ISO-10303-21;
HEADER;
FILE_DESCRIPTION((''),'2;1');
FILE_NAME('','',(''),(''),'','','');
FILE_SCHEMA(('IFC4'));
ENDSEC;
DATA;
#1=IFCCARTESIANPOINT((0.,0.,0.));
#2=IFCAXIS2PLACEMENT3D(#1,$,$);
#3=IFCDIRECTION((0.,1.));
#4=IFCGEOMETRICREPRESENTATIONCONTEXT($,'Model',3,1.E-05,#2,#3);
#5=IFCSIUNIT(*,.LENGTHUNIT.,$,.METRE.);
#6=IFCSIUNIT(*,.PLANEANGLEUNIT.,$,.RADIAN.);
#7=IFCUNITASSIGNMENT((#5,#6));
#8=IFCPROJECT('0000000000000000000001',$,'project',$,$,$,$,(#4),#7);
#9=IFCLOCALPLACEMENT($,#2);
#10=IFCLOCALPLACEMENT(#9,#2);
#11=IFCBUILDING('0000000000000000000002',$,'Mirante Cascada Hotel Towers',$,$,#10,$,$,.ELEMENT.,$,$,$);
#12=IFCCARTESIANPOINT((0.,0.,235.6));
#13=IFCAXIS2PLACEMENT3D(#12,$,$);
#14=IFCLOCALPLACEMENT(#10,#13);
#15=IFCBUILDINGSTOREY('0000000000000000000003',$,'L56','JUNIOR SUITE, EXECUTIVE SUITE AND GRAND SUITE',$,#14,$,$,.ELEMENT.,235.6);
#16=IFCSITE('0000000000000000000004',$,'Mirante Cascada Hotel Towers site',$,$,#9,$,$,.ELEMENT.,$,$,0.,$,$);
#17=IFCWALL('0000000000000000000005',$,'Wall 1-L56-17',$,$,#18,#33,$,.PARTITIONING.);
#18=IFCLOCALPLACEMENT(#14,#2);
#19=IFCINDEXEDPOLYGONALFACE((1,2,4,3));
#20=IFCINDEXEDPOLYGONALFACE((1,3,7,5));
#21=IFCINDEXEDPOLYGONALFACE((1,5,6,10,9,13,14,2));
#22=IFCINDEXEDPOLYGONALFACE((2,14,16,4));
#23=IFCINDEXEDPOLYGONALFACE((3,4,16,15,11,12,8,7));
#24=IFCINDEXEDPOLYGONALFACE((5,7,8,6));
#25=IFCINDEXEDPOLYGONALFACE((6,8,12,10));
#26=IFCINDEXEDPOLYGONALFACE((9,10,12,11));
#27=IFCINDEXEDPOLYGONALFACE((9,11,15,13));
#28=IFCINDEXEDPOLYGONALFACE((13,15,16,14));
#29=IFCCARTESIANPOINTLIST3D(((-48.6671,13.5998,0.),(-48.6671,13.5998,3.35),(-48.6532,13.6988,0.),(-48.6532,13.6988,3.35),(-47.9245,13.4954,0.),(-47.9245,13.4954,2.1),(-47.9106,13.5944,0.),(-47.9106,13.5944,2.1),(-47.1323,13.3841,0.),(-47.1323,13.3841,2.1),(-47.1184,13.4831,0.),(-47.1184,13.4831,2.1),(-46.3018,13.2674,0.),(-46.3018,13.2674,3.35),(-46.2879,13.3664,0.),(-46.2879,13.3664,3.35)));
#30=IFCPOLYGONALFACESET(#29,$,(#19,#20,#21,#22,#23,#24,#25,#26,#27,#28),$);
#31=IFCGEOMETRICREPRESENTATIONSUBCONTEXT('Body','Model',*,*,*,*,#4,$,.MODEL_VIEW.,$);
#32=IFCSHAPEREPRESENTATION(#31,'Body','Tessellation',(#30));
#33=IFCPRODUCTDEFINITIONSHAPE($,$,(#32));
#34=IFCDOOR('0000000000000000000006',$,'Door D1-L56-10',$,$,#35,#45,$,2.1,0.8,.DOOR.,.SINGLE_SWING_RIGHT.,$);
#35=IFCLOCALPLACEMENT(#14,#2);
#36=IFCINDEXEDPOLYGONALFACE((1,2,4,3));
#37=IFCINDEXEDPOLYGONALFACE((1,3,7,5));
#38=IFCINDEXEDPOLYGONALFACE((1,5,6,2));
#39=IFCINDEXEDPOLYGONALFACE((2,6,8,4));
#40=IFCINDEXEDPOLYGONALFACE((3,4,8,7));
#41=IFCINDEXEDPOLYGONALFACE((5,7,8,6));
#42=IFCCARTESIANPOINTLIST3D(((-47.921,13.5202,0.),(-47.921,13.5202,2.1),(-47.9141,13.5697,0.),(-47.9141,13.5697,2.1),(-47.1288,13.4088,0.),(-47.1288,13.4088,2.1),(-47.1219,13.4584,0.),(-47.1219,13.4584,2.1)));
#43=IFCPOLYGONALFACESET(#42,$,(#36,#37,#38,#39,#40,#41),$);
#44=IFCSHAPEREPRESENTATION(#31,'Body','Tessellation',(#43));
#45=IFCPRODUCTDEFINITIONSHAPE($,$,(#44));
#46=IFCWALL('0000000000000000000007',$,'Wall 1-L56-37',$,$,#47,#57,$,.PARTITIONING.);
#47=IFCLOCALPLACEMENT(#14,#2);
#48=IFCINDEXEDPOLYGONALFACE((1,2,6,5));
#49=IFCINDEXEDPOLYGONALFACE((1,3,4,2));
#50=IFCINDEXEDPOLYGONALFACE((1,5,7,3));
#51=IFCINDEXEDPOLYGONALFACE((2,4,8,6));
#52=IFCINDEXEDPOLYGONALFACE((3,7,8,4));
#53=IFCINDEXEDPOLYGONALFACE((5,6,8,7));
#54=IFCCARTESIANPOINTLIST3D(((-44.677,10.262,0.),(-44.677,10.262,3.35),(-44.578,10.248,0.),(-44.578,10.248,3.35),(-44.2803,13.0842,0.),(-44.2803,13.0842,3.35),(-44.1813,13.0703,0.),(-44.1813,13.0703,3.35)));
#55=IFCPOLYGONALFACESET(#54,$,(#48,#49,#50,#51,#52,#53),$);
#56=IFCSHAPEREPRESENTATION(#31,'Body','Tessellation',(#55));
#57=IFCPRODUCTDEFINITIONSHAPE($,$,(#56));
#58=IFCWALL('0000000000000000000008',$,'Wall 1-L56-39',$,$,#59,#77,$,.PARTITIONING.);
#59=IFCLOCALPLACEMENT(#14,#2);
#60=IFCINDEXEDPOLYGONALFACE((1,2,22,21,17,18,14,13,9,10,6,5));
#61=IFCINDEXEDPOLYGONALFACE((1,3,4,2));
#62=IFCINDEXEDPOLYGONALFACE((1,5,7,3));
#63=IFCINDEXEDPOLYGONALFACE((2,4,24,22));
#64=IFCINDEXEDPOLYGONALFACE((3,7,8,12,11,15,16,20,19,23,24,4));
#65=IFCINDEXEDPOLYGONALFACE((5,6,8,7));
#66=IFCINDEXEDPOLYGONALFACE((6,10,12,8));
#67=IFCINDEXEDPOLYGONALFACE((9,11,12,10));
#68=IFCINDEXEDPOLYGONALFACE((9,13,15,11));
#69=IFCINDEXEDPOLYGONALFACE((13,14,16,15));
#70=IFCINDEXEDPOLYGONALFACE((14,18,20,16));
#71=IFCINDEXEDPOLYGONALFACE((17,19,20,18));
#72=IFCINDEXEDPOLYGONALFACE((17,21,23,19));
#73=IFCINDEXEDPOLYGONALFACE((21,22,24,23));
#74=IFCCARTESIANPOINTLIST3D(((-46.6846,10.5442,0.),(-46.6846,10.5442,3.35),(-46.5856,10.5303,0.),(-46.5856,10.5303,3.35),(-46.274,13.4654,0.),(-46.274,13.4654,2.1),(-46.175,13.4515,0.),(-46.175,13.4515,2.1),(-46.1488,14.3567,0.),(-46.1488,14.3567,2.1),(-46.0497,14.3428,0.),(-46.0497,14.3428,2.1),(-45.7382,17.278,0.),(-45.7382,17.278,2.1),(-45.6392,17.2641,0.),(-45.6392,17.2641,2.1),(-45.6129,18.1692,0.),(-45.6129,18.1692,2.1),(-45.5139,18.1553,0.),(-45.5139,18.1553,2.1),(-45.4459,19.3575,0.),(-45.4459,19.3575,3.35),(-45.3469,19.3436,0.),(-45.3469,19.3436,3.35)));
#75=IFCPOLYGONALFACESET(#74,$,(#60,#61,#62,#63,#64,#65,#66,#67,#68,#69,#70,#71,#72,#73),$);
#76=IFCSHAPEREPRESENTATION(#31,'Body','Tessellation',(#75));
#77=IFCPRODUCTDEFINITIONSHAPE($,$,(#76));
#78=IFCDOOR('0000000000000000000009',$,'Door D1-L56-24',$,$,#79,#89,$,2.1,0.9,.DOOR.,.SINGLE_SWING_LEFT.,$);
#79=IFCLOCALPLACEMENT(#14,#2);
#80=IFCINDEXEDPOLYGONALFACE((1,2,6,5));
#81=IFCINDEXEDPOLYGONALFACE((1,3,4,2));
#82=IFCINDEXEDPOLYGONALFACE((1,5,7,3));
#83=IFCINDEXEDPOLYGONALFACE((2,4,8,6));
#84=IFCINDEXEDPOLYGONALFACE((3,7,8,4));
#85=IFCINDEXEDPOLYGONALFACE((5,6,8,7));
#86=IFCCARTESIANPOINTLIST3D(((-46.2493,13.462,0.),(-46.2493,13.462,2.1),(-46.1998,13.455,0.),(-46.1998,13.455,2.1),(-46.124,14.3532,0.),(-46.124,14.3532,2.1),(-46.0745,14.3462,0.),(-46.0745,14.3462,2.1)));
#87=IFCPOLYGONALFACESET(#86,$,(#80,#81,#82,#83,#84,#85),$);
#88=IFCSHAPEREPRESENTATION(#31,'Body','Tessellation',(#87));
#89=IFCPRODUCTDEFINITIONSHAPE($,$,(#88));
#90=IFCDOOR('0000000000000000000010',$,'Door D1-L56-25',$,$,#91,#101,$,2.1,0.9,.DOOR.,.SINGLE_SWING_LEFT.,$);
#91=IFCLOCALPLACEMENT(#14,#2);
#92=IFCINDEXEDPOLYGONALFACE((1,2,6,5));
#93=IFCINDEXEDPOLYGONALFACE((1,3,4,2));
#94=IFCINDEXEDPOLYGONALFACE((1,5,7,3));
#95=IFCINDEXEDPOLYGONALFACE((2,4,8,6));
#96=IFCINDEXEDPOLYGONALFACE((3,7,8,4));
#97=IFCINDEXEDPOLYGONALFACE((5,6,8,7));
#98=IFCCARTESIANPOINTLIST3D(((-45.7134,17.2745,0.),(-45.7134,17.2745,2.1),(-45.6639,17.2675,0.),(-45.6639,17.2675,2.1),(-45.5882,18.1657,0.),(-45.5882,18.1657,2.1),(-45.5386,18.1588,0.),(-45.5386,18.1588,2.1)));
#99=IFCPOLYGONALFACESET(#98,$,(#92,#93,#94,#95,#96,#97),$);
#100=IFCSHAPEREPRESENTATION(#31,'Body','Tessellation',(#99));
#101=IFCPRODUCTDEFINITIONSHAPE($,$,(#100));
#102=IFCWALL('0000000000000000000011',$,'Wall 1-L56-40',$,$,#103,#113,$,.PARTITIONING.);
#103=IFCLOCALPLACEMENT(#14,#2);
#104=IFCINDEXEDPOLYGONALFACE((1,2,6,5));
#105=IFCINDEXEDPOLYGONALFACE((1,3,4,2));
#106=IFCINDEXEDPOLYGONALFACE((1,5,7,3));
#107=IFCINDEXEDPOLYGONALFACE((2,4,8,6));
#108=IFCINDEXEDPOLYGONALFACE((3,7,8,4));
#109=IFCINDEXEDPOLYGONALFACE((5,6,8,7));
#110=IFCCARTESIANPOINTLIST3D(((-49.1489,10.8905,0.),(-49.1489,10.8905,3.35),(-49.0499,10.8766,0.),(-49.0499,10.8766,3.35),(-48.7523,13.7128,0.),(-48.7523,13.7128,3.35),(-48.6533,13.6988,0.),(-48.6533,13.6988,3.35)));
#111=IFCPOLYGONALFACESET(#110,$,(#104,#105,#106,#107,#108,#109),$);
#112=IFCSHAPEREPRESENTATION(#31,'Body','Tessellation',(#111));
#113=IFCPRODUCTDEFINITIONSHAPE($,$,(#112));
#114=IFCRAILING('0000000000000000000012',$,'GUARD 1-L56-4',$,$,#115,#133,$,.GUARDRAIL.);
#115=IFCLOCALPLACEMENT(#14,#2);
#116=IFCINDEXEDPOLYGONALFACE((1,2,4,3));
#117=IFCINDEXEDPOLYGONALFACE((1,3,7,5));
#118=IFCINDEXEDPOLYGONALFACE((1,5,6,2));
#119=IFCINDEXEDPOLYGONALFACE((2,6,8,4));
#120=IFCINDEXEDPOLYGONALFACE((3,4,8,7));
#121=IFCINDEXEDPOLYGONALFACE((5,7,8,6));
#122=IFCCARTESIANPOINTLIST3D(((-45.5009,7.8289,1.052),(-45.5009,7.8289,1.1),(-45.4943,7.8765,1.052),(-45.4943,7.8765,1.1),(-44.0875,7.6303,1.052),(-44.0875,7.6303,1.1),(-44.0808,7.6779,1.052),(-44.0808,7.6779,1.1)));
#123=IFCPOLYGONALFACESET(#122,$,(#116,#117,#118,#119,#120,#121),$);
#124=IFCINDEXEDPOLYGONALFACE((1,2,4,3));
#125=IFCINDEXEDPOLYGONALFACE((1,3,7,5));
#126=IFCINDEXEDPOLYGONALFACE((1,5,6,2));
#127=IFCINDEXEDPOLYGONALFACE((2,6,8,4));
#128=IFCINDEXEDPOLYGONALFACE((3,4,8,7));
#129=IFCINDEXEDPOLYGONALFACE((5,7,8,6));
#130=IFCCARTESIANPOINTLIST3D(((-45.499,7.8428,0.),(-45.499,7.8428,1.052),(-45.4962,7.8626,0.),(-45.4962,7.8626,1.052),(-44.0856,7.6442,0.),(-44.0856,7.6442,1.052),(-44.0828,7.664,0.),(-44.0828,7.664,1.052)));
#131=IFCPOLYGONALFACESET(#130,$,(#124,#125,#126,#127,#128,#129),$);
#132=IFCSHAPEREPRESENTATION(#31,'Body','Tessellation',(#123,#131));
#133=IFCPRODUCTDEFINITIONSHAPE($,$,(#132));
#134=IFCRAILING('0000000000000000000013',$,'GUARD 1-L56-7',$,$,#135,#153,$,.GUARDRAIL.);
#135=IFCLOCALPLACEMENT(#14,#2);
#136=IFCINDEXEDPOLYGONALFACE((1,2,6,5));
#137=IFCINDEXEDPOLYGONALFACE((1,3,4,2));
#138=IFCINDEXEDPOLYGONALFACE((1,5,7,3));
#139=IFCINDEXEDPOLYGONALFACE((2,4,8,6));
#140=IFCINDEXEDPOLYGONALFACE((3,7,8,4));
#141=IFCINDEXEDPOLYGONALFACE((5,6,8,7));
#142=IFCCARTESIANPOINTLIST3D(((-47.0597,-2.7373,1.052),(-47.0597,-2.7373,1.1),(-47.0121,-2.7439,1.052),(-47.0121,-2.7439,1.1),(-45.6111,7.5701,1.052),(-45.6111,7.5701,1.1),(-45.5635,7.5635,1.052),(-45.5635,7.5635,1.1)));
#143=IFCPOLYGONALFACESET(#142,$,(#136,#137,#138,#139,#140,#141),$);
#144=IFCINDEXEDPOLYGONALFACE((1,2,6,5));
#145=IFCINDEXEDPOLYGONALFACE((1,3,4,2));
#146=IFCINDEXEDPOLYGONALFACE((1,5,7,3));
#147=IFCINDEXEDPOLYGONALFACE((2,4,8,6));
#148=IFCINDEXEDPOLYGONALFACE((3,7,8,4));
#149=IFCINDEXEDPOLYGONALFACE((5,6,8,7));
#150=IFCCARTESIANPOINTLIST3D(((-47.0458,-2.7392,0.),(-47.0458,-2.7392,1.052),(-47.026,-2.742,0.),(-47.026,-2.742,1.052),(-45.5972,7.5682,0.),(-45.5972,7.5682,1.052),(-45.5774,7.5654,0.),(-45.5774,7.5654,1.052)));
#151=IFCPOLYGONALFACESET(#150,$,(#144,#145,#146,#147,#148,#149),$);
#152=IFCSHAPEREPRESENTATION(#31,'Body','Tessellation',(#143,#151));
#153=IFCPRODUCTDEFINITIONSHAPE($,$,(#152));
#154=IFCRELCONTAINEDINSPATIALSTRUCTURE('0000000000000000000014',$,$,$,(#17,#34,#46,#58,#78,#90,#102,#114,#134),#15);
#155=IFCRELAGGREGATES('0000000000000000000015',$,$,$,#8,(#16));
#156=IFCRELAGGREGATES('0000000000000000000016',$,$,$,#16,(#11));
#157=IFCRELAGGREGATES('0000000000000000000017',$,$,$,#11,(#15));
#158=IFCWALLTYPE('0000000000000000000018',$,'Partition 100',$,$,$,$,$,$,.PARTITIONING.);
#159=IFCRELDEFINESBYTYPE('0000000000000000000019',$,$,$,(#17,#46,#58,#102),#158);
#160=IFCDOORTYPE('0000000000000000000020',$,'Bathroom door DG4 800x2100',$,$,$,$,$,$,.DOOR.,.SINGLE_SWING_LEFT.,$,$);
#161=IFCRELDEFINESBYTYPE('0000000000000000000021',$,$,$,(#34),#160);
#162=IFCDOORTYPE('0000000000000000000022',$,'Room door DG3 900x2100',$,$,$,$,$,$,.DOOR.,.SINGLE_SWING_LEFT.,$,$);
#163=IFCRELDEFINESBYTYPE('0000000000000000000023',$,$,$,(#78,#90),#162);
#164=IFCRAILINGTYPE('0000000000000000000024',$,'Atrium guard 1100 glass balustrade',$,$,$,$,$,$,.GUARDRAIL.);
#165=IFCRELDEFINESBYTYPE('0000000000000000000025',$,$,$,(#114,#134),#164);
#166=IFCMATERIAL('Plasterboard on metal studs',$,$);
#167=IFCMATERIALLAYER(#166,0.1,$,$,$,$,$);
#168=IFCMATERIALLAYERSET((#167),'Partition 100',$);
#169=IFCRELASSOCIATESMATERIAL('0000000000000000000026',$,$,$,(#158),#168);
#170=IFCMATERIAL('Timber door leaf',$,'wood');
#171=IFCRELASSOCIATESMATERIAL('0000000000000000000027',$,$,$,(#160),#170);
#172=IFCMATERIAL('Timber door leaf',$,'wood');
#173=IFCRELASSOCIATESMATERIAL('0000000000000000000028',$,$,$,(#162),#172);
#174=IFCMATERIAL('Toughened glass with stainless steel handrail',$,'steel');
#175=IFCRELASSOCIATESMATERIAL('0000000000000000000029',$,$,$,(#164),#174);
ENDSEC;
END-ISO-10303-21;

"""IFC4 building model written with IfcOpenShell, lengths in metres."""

from ifc_helpers import new_model, si_unit, direction, frame, frame_2d, origin, origin_2d, place, context, subcontext, project, spatial, rectangle, extrude, material, layer, layer_set, type_object, element, fill, save


model = new_model("IFC4")

# Units and contexts
model_context = context("Model", 3, precision=1e-05, world=origin(), true_north=direction((0.0, 1.0)))
body_context = subcontext(model_context, "Body", "Model", "MODEL_VIEW")
ifc_project = project(units=[si_unit("LENGTHUNIT", "METRE"), si_unit("PLANEANGLEUNIT", "RADIAN")], contexts=[model_context])

# Site, building, storey
site_placement = place(None, origin())
site = spatial("IfcSite", under=ifc_project, at=site_placement, Name="Mirante Cascada Hotel Towers site", CompositionType="ELEMENT", RefElevation=0.0)
building_placement = place(site_placement, origin())
building = spatial("IfcBuilding", under=site, at=building_placement, Name="Mirante Cascada Hotel Towers", CompositionType="ELEMENT")
storey_placement = place(building_placement, frame((0.0, 0.0, 235.6)))
storey = spatial("IfcBuildingStorey", under=building, at=storey_placement, Name="L56", Description="JUNIOR SUITE, EXECUTIVE SUITE AND GRAND SUITE", CompositionType="ELEMENT", Elevation=235.6)

# Wall, opening, door
ifc_material_1 = material(Name="Plasterboard on metal studs")
ifc_layer_1 = layer(ifc_material_1, 0.1)
ifc_layer_set_1 = layer_set([ifc_layer_1], Name="Partition 100")
wall_type_1 = type_object("IfcWallType", Name="Partition 100", PredefinedType="PARTITIONING", material=ifc_layer_set_1)
ifc_material_2 = material(Name="Timber door leaf", Category="wood")
door_type_1 = type_object("IfcDoorType", Name="Bathroom door DG4 800x2100", OperationType="SINGLE_SWING_LEFT", PredefinedType="DOOR", material=ifc_material_2)
wall_1_placement = place(storey_placement, frame((-46.2949, 13.3169, 0.0), z_axis=(0.0, 0.0, 1.0), x_axis=(-0.990269, 0.139164, 0.0)))
wall_1 = element("IfcWall", 1, at=wall_1_placement, inside=storey, type_object=wall_type_1, Name="Wall 1-L56-17", PredefinedType="PARTITIONING", context=body_context, shape_type="SweptSolid", body=[
    extrude(rectangle(XDim=2.3885, YDim=0.1, at=frame_2d((1.1942, 0.0))), origin(), (0.0, 0.0, 1.0), 3.35),
])
opening_1_placement = place(wall_1_placement, frame((0.8386, 0.0, 0.0)))
opening_1 = element("IfcOpeningElement", 2, at=opening_1_placement, cuts=wall_1, PredefinedType="OPENING", context=body_context, shape_type="SweptSolid", body=[
    extrude(rectangle(XDim=0.8, YDim=2.1, at=frame_2d((0.4, 1.05))), frame((0.0, 0.05, 0.0), z_axis=(0.0, -1.0, 0.0), x_axis=(1.0, 0.0, 0.0)), (0.0, 0.0, 1.0), 0.1),
])
door_1_placement = place(opening_1_placement, frame((0.8, 0.0, 0.0), z_axis=(0.0, 0.0, 1.0), x_axis=(-1.0, 0.0, 0.0)))
door_1 = element("IfcDoor", 3, at=door_1_placement, inside=storey, type_object=door_type_1, Name="Door D1-L56-10", OperationType="SINGLE_SWING_RIGHT", OverallHeight=2.1, OverallWidth=0.8, PredefinedType="DOOR", context=body_context, shape_type="SweptSolid", body=[
    extrude(rectangle(XDim=0.8, YDim=2.1, at=frame_2d((0.4, 1.05))), frame((0.0, 0.025, 0.0), z_axis=(0.0, -1.0, 0.0), x_axis=(1.0, 0.0, 0.0)), (0.0, 0.0, 1.0), 0.05),
])
fill(opening_1, door_1)

# Wall
wall_2_placement = place(storey_placement, frame((-44.6275, 10.255, 0.0), z_axis=(0.0, 0.0, 1.0), x_axis=(0.139191, 0.990266, 0.0)))
element("IfcWall", 4, at=wall_2_placement, inside=storey, type_object=wall_type_1, Name="Wall 1-L56-37", PredefinedType="PARTITIONING", context=body_context, shape_type="SweptSolid", body=[
    extrude(rectangle(XDim=2.85, YDim=0.1, at=frame_2d((1.425, 0.0))), origin(), (0.0, 0.0, 1.0), 3.35),
])

# Wall, openings, doors
wall_3_placement = place(storey_placement, frame((-46.6351, 10.5372, 0.0), z_axis=(0.0, 0.0, 1.0), x_axis=(0.139181, 0.990267, 0.0)))
wall_3 = element("IfcWall", 5, at=wall_3_placement, inside=storey, type_object=wall_type_1, Name="Wall 1-L56-39", PredefinedType="PARTITIONING", context=body_context, shape_type="SweptSolid", body=[
    extrude(rectangle(XDim=8.8999, YDim=0.1, at=frame_2d((4.45, 0.0))), origin(), (0.0, 0.0, 1.0), 3.35),
])
opening_2_placement = place(wall_3_placement, frame((2.95, 0.0, 0.0)))
opening_2 = element("IfcOpeningElement", 6, at=opening_2_placement, cuts=wall_3, PredefinedType="OPENING", context=body_context, shape_type="SweptSolid", body=[
    extrude(rectangle(XDim=0.9, YDim=2.1, at=frame_2d((0.45, 1.05))), frame((0.0, 0.05, 0.0), z_axis=(0.0, -1.0, 0.0), x_axis=(1.0, 0.0, 0.0)), (0.0, 0.0, 1.0), 0.1),
])
opening_3_placement = place(wall_3_placement, frame((6.8, 0.0, 0.0)))
opening_3 = element("IfcOpeningElement", 7, at=opening_3_placement, cuts=wall_3, PredefinedType="OPENING", context=body_context, shape_type="SweptSolid", body=[
    extrude(rectangle(XDim=0.9, YDim=2.1, at=frame_2d((0.45, 1.05))), frame((0.0, 0.05, 0.0), z_axis=(0.0, -1.0, 0.0), x_axis=(1.0, 0.0, 0.0)), (0.0, 0.0, 1.0), 0.1),
])
ifc_material_3 = material(Name="Timber door leaf", Category="wood")
door_type_2 = type_object("IfcDoorType", Name="Room door DG3 900x2100", OperationType="SINGLE_SWING_LEFT", PredefinedType="DOOR", material=ifc_material_3)
door_2_placement = place(opening_2_placement, origin())
door_2 = element("IfcDoor", 8, at=door_2_placement, inside=storey, type_object=door_type_2, Name="Door D1-L56-24", OperationType="SINGLE_SWING_LEFT", OverallHeight=2.1, OverallWidth=0.9, PredefinedType="DOOR", context=body_context, shape_type="SweptSolid", body=[
    extrude(rectangle(XDim=0.9, YDim=2.1, at=frame_2d((0.45, 1.05))), frame((0.0, 0.025, 0.0), z_axis=(0.0, -1.0, 0.0), x_axis=(1.0, 0.0, 0.0)), (0.0, 0.0, 1.0), 0.05),
])
fill(opening_2, door_2)
door_3_placement = place(opening_3_placement, origin())
door_3 = element("IfcDoor", 9, at=door_3_placement, inside=storey, type_object=door_type_2, Name="Door D1-L56-25", OperationType="SINGLE_SWING_LEFT", OverallHeight=2.1, OverallWidth=0.9, PredefinedType="DOOR", context=body_context, shape_type="SweptSolid", body=[
    extrude(rectangle(XDim=0.9, YDim=2.1, at=frame_2d((0.45, 1.05))), frame((0.0, 0.025, 0.0), z_axis=(0.0, -1.0, 0.0), x_axis=(1.0, 0.0, 0.0)), (0.0, 0.0, 1.0), 0.05),
])
fill(opening_3, door_3)

# Wall
wall_4_placement = place(storey_placement, frame((-48.7028, 13.7058, 0.0), z_axis=(0.0, 0.0, 1.0), x_axis=(-0.139156, -0.99027, 0.0)))
element("IfcWall", 10, at=wall_4_placement, inside=storey, type_object=wall_type_1, Name="Wall 1-L56-40", PredefinedType="PARTITIONING", context=body_context, shape_type="SweptSolid", body=[
    extrude(rectangle(XDim=2.85, YDim=0.1, at=frame_2d((1.425, 0.0))), origin(), (0.0, 0.0, 1.0), 3.35),
])

# Railings
ifc_material_4 = material(Name="Toughened glass with stainless steel handrail", Category="steel")
railing_type = type_object("IfcRailingType", Name="Atrium guard 1100 glass balustrade", PredefinedType="GUARDRAIL", material=ifc_material_4)
railing_1_placement = place(storey_placement, frame((-45.4976, 7.8527, 0.0)))
element("IfcRailing", 11, at=railing_1_placement, inside=storey, type_object=railing_type, Name="GUARD 1-L56-4", PredefinedType="GUARDRAIL", context=body_context, shape_type="SweptSolid", body=[
    extrude(rectangle(XDim=0.048, YDim=0.048, at=origin_2d()), frame((0.0, 0.0, 1.076), z_axis=(0.990272, -0.139145, 0.0), x_axis=(0.139145, 0.990272, 0.0)), (0.0, 0.0, 1.0), 1.4273),
    extrude(rectangle(XDim=0.02, YDim=1.052, at=origin_2d()), frame((0.0, 0.0, 0.526), z_axis=(0.990272, -0.139145, 0.0), x_axis=(0.139145, 0.990272, 0.0)), (0.0, 0.0, 1.0), 1.4273),
])
railing_2_placement = place(storey_placement, frame((-45.5873, 7.5668, 0.0)))
element("IfcRailing", 12, at=railing_2_placement, inside=storey, type_object=railing_type, Name="GUARD 1-L56-7", PredefinedType="GUARDRAIL", context=body_context, shape_type="SweptSolid", body=[
    extrude(rectangle(XDim=0.048, YDim=0.048, at=origin_2d()), frame((0.0, 0.0, 1.076), z_axis=(-0.139172, -0.990268, 0.0), x_axis=(0.990268, -0.139172, 0.0)), (0.0, 0.0, 1.0), 10.4087),
    extrude(rectangle(XDim=0.02, YDim=1.052, at=origin_2d()), frame((0.0, 0.0, 0.526), z_axis=(-0.139172, -0.990268, 0.0), x_axis=(0.990268, -0.139172, 0.0)), (0.0, 0.0, 1.0), 10.4087),
])

save(model, "model.ifc")
